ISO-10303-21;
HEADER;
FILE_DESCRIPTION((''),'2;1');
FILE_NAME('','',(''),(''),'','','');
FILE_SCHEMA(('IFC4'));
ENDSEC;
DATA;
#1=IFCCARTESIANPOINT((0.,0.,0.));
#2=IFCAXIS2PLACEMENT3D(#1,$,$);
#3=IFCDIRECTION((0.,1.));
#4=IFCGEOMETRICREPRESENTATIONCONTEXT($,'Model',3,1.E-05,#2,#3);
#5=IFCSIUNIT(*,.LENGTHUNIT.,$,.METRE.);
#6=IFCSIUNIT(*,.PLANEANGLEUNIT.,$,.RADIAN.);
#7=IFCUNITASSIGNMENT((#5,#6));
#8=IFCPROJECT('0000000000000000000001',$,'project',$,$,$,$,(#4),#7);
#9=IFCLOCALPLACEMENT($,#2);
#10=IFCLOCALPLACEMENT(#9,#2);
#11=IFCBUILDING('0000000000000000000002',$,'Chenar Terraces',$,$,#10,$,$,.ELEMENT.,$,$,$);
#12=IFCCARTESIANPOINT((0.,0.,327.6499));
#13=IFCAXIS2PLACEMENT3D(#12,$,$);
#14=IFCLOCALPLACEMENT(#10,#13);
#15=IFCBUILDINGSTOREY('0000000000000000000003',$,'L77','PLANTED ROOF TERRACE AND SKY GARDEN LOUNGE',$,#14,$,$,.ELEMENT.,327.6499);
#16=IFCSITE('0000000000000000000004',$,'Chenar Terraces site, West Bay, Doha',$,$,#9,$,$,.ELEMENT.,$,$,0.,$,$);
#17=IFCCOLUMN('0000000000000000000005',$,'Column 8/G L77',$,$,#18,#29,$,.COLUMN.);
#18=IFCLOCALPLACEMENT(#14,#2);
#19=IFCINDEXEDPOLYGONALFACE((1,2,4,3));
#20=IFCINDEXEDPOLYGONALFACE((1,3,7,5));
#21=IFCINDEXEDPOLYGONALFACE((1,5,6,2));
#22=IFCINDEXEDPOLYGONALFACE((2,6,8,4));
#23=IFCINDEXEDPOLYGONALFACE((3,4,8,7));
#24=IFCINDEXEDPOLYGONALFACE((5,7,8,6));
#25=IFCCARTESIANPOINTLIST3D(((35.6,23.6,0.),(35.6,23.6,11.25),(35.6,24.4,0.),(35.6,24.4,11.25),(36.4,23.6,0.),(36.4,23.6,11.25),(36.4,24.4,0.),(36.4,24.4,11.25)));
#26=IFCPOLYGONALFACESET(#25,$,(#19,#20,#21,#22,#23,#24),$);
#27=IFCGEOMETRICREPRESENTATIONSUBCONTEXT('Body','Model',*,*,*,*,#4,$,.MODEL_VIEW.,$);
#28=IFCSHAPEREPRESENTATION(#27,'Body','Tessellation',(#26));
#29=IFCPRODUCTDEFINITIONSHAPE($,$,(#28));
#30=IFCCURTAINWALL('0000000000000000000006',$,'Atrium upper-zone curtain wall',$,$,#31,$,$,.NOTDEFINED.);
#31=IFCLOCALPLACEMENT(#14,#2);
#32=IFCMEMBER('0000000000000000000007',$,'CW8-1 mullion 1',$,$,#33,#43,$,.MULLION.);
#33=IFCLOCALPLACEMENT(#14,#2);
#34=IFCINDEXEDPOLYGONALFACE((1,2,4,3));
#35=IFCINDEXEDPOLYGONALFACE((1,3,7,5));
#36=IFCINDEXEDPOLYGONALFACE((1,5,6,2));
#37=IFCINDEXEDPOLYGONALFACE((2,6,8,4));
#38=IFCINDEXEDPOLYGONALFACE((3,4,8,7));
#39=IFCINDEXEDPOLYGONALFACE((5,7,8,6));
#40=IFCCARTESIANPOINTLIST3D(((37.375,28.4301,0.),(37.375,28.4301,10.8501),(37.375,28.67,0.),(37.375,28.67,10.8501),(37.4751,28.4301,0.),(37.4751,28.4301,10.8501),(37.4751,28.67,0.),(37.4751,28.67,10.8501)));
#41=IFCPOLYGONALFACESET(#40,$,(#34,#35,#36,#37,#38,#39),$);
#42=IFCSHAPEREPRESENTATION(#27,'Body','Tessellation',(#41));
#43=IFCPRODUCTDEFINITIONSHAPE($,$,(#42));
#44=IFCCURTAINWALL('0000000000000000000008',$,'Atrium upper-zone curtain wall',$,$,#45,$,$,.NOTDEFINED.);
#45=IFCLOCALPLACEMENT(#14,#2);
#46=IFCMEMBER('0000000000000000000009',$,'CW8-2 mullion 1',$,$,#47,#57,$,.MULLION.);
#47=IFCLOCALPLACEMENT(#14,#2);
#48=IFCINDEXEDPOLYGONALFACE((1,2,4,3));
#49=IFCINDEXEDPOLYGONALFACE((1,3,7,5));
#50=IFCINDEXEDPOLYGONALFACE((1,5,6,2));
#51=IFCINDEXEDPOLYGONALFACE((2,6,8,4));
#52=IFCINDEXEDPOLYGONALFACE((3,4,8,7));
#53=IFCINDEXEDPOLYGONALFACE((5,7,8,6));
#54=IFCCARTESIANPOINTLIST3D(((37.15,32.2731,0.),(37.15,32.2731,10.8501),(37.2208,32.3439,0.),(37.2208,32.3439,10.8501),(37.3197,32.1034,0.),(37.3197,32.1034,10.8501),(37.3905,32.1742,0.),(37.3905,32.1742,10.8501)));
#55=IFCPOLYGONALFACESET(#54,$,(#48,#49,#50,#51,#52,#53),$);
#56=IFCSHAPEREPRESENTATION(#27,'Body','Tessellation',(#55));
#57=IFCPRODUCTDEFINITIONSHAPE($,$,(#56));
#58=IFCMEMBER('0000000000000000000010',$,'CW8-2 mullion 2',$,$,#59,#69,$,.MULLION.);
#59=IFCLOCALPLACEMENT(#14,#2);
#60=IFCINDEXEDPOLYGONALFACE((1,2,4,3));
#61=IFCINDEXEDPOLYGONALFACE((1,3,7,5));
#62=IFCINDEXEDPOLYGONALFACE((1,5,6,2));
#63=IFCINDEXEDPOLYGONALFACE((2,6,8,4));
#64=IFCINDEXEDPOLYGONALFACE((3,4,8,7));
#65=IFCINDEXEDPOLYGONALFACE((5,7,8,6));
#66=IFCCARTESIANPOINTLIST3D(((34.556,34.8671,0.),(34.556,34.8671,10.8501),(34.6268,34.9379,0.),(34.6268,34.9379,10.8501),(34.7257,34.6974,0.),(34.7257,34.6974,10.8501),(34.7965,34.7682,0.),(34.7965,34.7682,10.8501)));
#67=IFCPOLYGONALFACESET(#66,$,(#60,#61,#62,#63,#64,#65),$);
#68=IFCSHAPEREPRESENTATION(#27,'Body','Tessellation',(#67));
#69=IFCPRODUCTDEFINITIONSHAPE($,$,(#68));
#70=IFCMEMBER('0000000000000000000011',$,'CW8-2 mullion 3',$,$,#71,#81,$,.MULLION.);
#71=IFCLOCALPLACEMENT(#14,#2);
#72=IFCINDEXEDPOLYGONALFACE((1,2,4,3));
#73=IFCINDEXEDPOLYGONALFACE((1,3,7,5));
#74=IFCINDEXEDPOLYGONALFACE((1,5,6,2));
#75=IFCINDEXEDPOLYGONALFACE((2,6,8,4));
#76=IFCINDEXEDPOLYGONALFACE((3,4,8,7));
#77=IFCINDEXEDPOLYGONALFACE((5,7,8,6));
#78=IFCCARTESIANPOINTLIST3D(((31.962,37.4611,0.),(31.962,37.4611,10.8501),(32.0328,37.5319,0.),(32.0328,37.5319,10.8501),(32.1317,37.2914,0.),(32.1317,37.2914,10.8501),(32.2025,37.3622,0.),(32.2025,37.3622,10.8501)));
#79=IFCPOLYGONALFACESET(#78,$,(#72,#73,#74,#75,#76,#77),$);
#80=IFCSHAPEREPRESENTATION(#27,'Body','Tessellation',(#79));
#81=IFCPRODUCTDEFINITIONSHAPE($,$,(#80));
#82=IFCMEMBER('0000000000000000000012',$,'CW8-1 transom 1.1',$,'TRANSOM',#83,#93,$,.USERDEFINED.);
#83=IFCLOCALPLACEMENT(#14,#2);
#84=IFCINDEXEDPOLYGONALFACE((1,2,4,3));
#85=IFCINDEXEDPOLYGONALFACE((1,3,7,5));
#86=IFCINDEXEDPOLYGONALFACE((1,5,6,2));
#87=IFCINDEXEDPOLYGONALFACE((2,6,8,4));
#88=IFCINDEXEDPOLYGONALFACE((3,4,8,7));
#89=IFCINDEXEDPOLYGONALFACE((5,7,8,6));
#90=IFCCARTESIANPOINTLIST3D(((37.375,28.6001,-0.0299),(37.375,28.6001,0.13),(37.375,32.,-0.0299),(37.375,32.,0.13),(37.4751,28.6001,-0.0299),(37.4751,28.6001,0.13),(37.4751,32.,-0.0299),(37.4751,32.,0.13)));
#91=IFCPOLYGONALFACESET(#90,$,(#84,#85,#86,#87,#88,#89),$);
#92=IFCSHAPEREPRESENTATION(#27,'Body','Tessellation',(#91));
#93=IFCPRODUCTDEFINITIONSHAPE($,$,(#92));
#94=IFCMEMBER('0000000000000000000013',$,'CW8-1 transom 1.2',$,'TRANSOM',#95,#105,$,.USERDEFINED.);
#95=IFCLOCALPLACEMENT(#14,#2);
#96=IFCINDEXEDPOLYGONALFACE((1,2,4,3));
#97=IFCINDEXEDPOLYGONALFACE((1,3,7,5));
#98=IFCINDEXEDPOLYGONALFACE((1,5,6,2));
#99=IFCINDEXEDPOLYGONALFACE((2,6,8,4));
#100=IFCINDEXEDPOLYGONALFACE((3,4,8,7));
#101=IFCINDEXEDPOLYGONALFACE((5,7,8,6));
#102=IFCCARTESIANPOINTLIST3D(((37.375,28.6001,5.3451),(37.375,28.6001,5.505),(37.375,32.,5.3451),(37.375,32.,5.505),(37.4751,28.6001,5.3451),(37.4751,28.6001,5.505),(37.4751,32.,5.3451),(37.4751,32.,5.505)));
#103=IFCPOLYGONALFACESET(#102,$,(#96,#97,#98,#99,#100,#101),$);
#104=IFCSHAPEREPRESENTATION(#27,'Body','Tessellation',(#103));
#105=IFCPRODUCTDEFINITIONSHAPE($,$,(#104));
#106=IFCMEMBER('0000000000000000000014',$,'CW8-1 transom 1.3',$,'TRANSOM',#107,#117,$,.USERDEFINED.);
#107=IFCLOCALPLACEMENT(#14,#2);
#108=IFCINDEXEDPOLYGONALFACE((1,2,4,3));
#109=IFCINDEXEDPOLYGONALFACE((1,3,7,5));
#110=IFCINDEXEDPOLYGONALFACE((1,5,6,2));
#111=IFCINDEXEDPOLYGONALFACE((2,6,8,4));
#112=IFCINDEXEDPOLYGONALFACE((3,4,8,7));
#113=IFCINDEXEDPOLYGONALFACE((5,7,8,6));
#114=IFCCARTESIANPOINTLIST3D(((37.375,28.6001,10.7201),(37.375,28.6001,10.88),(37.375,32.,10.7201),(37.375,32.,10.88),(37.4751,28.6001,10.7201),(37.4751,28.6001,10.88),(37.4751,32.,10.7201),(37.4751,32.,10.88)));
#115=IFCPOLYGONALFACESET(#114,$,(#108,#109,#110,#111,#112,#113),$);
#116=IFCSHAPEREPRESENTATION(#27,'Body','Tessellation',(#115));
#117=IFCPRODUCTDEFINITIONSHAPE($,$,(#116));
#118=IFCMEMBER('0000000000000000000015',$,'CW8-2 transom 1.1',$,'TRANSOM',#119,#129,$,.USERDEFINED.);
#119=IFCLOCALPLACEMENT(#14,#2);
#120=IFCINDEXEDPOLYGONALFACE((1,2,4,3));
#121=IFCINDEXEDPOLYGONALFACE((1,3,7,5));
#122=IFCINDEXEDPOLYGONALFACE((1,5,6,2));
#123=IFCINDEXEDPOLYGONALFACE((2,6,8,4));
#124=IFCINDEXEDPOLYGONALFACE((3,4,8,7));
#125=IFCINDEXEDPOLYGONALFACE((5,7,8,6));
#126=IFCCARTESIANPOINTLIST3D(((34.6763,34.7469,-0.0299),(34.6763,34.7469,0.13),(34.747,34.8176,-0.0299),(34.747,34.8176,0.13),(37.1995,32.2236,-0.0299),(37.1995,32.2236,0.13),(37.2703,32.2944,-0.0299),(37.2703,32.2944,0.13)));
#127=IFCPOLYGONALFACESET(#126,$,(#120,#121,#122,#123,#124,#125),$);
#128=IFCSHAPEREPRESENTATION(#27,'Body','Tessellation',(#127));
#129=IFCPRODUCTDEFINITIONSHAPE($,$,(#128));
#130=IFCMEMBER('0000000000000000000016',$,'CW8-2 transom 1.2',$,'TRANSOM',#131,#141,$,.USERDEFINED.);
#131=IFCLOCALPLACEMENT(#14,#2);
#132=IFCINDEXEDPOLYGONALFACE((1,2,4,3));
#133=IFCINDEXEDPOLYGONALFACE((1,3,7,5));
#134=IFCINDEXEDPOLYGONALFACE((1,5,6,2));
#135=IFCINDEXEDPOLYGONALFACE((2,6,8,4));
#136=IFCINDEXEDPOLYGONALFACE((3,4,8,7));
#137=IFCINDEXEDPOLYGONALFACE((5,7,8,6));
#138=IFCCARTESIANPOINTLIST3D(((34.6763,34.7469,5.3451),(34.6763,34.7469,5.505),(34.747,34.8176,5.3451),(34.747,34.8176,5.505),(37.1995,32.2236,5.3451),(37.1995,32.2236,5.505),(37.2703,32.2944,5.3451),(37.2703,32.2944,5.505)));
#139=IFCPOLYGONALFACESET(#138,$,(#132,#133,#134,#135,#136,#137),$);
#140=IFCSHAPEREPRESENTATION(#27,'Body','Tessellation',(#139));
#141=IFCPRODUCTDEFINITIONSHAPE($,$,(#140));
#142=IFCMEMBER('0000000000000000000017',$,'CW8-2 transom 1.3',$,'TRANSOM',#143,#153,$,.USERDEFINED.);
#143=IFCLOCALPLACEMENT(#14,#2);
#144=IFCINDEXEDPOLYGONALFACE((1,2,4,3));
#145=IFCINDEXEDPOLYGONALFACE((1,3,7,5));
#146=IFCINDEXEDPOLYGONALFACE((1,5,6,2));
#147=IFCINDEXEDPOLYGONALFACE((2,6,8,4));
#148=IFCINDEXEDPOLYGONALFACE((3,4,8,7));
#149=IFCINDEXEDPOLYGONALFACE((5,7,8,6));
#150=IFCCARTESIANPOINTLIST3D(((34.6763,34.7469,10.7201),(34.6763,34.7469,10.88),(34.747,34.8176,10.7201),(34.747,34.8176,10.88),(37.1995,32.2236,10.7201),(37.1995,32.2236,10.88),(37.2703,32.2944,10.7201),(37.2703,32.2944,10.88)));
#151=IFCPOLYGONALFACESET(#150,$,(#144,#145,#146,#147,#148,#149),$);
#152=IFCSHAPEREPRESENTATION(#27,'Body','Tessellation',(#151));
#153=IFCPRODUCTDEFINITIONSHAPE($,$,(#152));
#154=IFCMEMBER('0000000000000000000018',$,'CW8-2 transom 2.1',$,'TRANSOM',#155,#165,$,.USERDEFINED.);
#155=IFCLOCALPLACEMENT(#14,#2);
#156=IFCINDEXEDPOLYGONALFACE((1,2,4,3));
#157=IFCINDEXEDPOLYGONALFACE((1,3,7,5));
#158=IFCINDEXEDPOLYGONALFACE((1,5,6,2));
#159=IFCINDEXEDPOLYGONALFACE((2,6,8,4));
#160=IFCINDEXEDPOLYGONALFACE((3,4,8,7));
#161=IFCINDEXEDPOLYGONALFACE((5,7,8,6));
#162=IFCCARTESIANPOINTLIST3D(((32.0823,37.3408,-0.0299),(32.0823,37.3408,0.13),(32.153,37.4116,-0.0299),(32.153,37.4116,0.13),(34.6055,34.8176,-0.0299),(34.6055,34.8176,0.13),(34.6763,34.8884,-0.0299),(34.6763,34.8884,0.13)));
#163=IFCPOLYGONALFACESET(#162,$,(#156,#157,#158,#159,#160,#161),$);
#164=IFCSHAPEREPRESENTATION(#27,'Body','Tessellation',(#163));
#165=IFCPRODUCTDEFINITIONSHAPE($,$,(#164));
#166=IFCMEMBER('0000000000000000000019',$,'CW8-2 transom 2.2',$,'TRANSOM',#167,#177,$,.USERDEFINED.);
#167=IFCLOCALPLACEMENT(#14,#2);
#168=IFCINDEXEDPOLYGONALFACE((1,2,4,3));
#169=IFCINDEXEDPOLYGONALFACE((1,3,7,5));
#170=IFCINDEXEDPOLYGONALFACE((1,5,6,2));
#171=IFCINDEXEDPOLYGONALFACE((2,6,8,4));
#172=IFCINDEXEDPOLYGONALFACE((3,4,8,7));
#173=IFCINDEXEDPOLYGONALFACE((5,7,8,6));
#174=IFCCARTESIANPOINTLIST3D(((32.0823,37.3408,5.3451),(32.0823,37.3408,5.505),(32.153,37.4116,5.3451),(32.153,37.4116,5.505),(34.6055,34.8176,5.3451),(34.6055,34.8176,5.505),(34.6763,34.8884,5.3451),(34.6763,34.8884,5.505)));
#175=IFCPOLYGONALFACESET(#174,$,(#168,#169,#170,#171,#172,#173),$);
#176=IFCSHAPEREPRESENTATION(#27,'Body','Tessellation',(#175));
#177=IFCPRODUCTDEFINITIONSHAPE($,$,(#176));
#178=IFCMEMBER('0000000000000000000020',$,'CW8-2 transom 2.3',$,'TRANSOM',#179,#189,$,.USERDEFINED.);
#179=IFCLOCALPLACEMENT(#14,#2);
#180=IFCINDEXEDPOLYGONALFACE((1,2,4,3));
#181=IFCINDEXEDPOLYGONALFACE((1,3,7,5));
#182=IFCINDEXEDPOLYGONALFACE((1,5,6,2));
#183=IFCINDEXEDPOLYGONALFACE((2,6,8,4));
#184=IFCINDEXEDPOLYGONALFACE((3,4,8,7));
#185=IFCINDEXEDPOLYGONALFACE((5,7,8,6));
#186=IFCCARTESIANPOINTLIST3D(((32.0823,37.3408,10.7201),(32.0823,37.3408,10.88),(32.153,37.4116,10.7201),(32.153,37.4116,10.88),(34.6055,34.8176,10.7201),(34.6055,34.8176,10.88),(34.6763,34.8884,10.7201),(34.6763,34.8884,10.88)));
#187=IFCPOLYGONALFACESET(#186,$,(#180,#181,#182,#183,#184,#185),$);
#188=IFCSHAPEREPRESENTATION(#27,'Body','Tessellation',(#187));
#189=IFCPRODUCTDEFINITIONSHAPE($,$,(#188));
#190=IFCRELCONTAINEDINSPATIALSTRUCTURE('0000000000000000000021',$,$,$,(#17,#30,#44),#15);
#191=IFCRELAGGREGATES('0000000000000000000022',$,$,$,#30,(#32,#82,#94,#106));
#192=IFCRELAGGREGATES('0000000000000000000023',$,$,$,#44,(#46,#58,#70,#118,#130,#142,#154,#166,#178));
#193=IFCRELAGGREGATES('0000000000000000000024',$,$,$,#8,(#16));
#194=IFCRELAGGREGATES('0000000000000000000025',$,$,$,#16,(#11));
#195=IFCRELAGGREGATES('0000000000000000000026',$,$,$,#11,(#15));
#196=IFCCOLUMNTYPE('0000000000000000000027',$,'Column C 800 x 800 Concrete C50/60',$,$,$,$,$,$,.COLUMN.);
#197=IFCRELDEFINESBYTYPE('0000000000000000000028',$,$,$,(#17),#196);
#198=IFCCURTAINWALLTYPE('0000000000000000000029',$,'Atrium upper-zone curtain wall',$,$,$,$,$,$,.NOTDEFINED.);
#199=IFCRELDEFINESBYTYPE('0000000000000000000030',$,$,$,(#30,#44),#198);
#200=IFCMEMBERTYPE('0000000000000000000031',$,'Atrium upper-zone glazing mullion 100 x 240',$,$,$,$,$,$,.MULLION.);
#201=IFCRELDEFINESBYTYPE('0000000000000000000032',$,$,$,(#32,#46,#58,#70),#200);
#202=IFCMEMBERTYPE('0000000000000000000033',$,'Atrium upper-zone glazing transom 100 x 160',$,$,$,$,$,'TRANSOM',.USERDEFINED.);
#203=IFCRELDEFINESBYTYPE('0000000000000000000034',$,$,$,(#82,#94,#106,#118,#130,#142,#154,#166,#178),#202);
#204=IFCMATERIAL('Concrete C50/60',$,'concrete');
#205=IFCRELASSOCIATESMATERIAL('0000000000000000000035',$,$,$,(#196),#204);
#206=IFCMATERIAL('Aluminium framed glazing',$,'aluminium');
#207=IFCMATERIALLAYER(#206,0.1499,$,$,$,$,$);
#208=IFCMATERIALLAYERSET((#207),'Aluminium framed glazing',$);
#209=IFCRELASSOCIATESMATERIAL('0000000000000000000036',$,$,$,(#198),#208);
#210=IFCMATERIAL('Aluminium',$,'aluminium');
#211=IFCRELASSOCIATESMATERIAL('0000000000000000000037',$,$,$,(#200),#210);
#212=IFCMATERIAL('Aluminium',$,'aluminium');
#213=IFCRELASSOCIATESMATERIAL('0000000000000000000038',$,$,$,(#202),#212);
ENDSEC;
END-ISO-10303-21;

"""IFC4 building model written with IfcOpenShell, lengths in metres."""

from ifc_helpers import new_model, si_unit, direction, frame, origin, origin_2d, place, context, subcontext, project, spatial, rectangle, extrude, material, layer, layer_set, material_profile, profile_set, type_object, element, aggregate, save


model = new_model("IFC4")

# Units and contexts
model_context = context("Model", 3, precision=1e-05, world=origin(), true_north=direction((0.0, 1.0)))
body_context = subcontext(model_context, "Body", "Model", "MODEL_VIEW")
ifc_project = project(units=[si_unit("LENGTHUNIT", "METRE"), si_unit("PLANEANGLEUNIT", "RADIAN")], contexts=[model_context])

# Site, building, storey
site_placement = place(None, origin())
site = spatial("IfcSite", under=ifc_project, at=site_placement, Name="Chenar Terraces site, West Bay, Doha", CompositionType="ELEMENT", RefElevation=0.0)
building_placement = place(site_placement, origin())
building = spatial("IfcBuilding", under=site, at=building_placement, Name="Chenar Terraces", CompositionType="ELEMENT")
storey_placement = place(building_placement, frame((0.0, 0.0, 327.6499)))
storey = spatial("IfcBuildingStorey", under=building, at=storey_placement, Name="L77", Description="PLANTED ROOF TERRACE AND SKY GARDEN LOUNGE", CompositionType="ELEMENT", Elevation=327.6499)

# Column
ifc_material_1 = material(Name="Concrete C50/60", Category="concrete")
ifc_material_profile_1 = material_profile(ifc_material_1, rectangle(XDim=0.8, YDim=0.8, at=origin_2d()), Name="C 800 x 800")
ifc_profile_set_1 = profile_set([ifc_material_profile_1], Name="Concrete C50/60")
column_type = type_object("IfcColumnType", Name="Column C 800 x 800 Concrete C50/60", PredefinedType="COLUMN", material=ifc_profile_set_1)
column_placement = place(storey_placement, frame((36.0, 24.0, 0.0), z_axis=(0.0, 0.0, 1.0), x_axis=(1.0, 0.0, 0.0)))
element("IfcColumn", 1, at=column_placement, inside=storey, type_object=column_type, Name="Column 8/G L77", PredefinedType="COLUMN", context=body_context, shape_type="SweptSolid", body=[
    extrude(rectangle(XDim=0.8, YDim=0.8, at=origin_2d()), origin(), (0.0, 0.0, 1.0), 11.25),
])

# Curtain wall, member
ifc_material_2 = material(Name="Aluminium framed glazing", Category="aluminium")
ifc_layer_1 = layer(ifc_material_2, 0.1499)
ifc_layer_set_1 = layer_set([ifc_layer_1], Name="Aluminium framed glazing")
curtain_wall_type = type_object("IfcCurtainWallType", Name="Atrium upper-zone curtain wall", PredefinedType="NOTDEFINED", material=ifc_layer_set_1)
placement = place(storey_placement, origin())
curtain_wall_1 = element("IfcCurtainWall", 2, at=placement, inside=storey, type_object=curtain_wall_type, Name="Atrium upper-zone curtain wall", PredefinedType="NOTDEFINED")
ifc_material_3 = material(Name="Aluminium", Category="aluminium")
ifc_material_profile_2 = material_profile(ifc_material_3, rectangle(XDim=0.1001, YDim=0.24, at=origin_2d()), Name="Atrium upper-zone glazing mullion 100 x 240")
ifc_profile_set_2 = profile_set([ifc_material_profile_2], Name="Aluminium")
member_type_1 = type_object("IfcMemberType", Name="Atrium upper-zone glazing mullion 100 x 240", PredefinedType="MULLION", material=ifc_profile_set_2)
member_1_placement = place(storey_placement, frame((37.425, 28.55, 0.0), z_axis=(0.0, 0.0, 1.0), x_axis=(-1.0, 0.0, 0.0)))
member_1 = element("IfcMember", 3, at=member_1_placement, type_object=member_type_1, Name="CW8-1 mullion 1", PredefinedType="MULLION", context=body_context, shape_type="SweptSolid", body=[
    extrude(rectangle(XDim=0.1001, YDim=0.24, at=origin_2d()), origin(), (0.0, 0.0, 1.0), 10.8501),
])

# Curtain wall, members
curtain_wall_2 = element("IfcCurtainWall", 4, at=placement, inside=storey, type_object=curtain_wall_type, Name="Atrium upper-zone curtain wall", PredefinedType="NOTDEFINED")
member_2_placement = place(storey_placement, frame((37.2703, 32.2236, 0.0), z_axis=(0.0, 0.0, 1.0), x_axis=(-0.707107, -0.707107, 0.0)))
member_2 = element("IfcMember", 5, at=member_2_placement, type_object=member_type_1, Name="CW8-2 mullion 1", PredefinedType="MULLION", context=body_context, shape_type="SweptSolid", body=[
    extrude(rectangle(XDim=0.1001, YDim=0.24, at=origin_2d()), origin(), (0.0, 0.0, 1.0), 10.8501),
])
member_3_placement = place(storey_placement, frame((34.6763, 34.8176, 0.0), z_axis=(0.0, 0.0, 1.0), x_axis=(-0.707107, -0.707107, 0.0)))
member_3 = element("IfcMember", 6, at=member_3_placement, type_object=member_type_1, Name="CW8-2 mullion 2", PredefinedType="MULLION", context=body_context, shape_type="SweptSolid", body=[
    extrude(rectangle(XDim=0.1001, YDim=0.24, at=origin_2d()), origin(), (0.0, 0.0, 1.0), 10.8501),
])
member_4_placement = place(storey_placement, frame((32.0823, 37.4116, 0.0), z_axis=(0.0, 0.0, 1.0), x_axis=(-0.707107, -0.707107, 0.0)))
member_4 = element("IfcMember", 7, at=member_4_placement, type_object=member_type_1, Name="CW8-2 mullion 3", PredefinedType="MULLION", context=body_context, shape_type="SweptSolid", body=[
    extrude(rectangle(XDim=0.1001, YDim=0.24, at=origin_2d()), origin(), (0.0, 0.0, 1.0), 10.8501),
])

# Members
ifc_material_4 = material(Name="Aluminium", Category="aluminium")
ifc_material_profile_3 = material_profile(ifc_material_4, rectangle(XDim=0.1001, YDim=0.1599, at=origin_2d()), Name="Atrium upper-zone glazing transom 100 x 160")
ifc_profile_set_3 = profile_set([ifc_material_profile_3], Name="Aluminium")
member_type_2 = type_object("IfcMemberType", Name="Atrium upper-zone glazing transom 100 x 160", ElementType="TRANSOM", PredefinedType="USERDEFINED", material=ifc_profile_set_3)
member_5_placement = place(storey_placement, frame((37.425, 28.6001, 0.05), z_axis=(0.0, 1.0, 0.0), x_axis=(-1.0, 0.0, 0.0)))
member_5 = element("IfcMember", 8, at=member_5_placement, type_object=member_type_2, Name="CW8-1 transom 1.1", ObjectType="TRANSOM", PredefinedType="USERDEFINED", context=body_context, shape_type="SweptSolid", body=[
    extrude(rectangle(XDim=0.1001, YDim=0.1599, at=origin_2d()), origin(), (0.0, 0.0, 1.0), 3.3999),
])
member_6_placement = place(storey_placement, frame((37.425, 28.6001, 5.425), z_axis=(0.0, 1.0, 0.0), x_axis=(-1.0, 0.0, 0.0)))
member_6 = element("IfcMember", 9, at=member_6_placement, type_object=member_type_2, Name="CW8-1 transom 1.2", ObjectType="TRANSOM", PredefinedType="USERDEFINED", context=body_context, shape_type="SweptSolid", body=[
    extrude(rectangle(XDim=0.1001, YDim=0.1599, at=origin_2d()), origin(), (0.0, 0.0, 1.0), 3.3999),
])
member_7_placement = place(storey_placement, frame((37.425, 28.6001, 10.8), z_axis=(0.0, 1.0, 0.0), x_axis=(-1.0, 0.0, 0.0)))
member_7 = element("IfcMember", 10, at=member_7_placement, type_object=member_type_2, Name="CW8-1 transom 1.3", ObjectType="TRANSOM", PredefinedType="USERDEFINED", context=body_context, shape_type="SweptSolid", body=[
    extrude(rectangle(XDim=0.1001, YDim=0.1599, at=origin_2d()), origin(), (0.0, 0.0, 1.0), 3.3999),
])
member_8_placement = place(storey_placement, frame((37.2349, 32.259, 0.05), z_axis=(-0.707107, 0.707107, 0.0), x_axis=(-0.707107, -0.707107, 0.0)))
member_8 = element("IfcMember", 11, at=member_8_placement, type_object=member_type_2, Name="CW8-2 transom 1.1", ObjectType="TRANSOM", PredefinedType="USERDEFINED", context=body_context, shape_type="SweptSolid", body=[
    extrude(rectangle(XDim=0.1001, YDim=0.1599, at=origin_2d()), origin(), (0.0, 0.0, 1.0), 3.5684),
])
member_9_placement = place(storey_placement, frame((37.2349, 32.259, 5.425), z_axis=(-0.707107, 0.707107, 0.0), x_axis=(-0.707107, -0.707107, 0.0)))
member_9 = element("IfcMember", 12, at=member_9_placement, type_object=member_type_2, Name="CW8-2 transom 1.2", ObjectType="TRANSOM", PredefinedType="USERDEFINED", context=body_context, shape_type="SweptSolid", body=[
    extrude(rectangle(XDim=0.1001, YDim=0.1599, at=origin_2d()), origin(), (0.0, 0.0, 1.0), 3.5684),
])
member_10_placement = place(storey_placement, frame((37.2349, 32.259, 10.8), z_axis=(-0.707107, 0.707107, 0.0), x_axis=(-0.707107, -0.707107, 0.0)))
member_10 = element("IfcMember", 13, at=member_10_placement, type_object=member_type_2, Name="CW8-2 transom 1.3", ObjectType="TRANSOM", PredefinedType="USERDEFINED", context=body_context, shape_type="SweptSolid", body=[
    extrude(rectangle(XDim=0.1001, YDim=0.1599, at=origin_2d()), origin(), (0.0, 0.0, 1.0), 3.5684),
])
member_11_placement = place(storey_placement, frame((34.6409, 34.853, 0.05), z_axis=(-0.707107, 0.707107, 0.0), x_axis=(-0.707107, -0.707107, 0.0)))
member_11 = element("IfcMember", 14, at=member_11_placement, type_object=member_type_2, Name="CW8-2 transom 2.1", ObjectType="TRANSOM", PredefinedType="USERDEFINED", context=body_context, shape_type="SweptSolid", body=[
    extrude(rectangle(XDim=0.1001, YDim=0.1599, at=origin_2d()), origin(), (0.0, 0.0, 1.0), 3.5684),
])
member_12_placement = place(storey_placement, frame((34.6409, 34.853, 5.425), z_axis=(-0.707107, 0.707107, 0.0), x_axis=(-0.707107, -0.707107, 0.0)))
member_12 = element("IfcMember", 15, at=member_12_placement, type_object=member_type_2, Name="CW8-2 transom 2.2", ObjectType="TRANSOM", PredefinedType="USERDEFINED", context=body_context, shape_type="SweptSolid", body=[
    extrude(rectangle(XDim=0.1001, YDim=0.1599, at=origin_2d()), origin(), (0.0, 0.0, 1.0), 3.5684),
])
member_13_placement = place(storey_placement, frame((34.6409, 34.853, 10.8), z_axis=(-0.707107, 0.707107, 0.0), x_axis=(-0.707107, -0.707107, 0.0)))
member_13 = element("IfcMember", 16, at=member_13_placement, type_object=member_type_2, Name="CW8-2 transom 2.3", ObjectType="TRANSOM", PredefinedType="USERDEFINED", context=body_context, shape_type="SweptSolid", body=[
    extrude(rectangle(XDim=0.1001, YDim=0.1599, at=origin_2d()), origin(), (0.0, 0.0, 1.0), 3.5684),
])

aggregate(curtain_wall_1, [member_1, member_5, member_6, member_7])
aggregate(curtain_wall_2, [member_2, member_3, member_4, member_8, member_9, member_10, member_11, member_12, member_13])

save(model, "model.ifc")
